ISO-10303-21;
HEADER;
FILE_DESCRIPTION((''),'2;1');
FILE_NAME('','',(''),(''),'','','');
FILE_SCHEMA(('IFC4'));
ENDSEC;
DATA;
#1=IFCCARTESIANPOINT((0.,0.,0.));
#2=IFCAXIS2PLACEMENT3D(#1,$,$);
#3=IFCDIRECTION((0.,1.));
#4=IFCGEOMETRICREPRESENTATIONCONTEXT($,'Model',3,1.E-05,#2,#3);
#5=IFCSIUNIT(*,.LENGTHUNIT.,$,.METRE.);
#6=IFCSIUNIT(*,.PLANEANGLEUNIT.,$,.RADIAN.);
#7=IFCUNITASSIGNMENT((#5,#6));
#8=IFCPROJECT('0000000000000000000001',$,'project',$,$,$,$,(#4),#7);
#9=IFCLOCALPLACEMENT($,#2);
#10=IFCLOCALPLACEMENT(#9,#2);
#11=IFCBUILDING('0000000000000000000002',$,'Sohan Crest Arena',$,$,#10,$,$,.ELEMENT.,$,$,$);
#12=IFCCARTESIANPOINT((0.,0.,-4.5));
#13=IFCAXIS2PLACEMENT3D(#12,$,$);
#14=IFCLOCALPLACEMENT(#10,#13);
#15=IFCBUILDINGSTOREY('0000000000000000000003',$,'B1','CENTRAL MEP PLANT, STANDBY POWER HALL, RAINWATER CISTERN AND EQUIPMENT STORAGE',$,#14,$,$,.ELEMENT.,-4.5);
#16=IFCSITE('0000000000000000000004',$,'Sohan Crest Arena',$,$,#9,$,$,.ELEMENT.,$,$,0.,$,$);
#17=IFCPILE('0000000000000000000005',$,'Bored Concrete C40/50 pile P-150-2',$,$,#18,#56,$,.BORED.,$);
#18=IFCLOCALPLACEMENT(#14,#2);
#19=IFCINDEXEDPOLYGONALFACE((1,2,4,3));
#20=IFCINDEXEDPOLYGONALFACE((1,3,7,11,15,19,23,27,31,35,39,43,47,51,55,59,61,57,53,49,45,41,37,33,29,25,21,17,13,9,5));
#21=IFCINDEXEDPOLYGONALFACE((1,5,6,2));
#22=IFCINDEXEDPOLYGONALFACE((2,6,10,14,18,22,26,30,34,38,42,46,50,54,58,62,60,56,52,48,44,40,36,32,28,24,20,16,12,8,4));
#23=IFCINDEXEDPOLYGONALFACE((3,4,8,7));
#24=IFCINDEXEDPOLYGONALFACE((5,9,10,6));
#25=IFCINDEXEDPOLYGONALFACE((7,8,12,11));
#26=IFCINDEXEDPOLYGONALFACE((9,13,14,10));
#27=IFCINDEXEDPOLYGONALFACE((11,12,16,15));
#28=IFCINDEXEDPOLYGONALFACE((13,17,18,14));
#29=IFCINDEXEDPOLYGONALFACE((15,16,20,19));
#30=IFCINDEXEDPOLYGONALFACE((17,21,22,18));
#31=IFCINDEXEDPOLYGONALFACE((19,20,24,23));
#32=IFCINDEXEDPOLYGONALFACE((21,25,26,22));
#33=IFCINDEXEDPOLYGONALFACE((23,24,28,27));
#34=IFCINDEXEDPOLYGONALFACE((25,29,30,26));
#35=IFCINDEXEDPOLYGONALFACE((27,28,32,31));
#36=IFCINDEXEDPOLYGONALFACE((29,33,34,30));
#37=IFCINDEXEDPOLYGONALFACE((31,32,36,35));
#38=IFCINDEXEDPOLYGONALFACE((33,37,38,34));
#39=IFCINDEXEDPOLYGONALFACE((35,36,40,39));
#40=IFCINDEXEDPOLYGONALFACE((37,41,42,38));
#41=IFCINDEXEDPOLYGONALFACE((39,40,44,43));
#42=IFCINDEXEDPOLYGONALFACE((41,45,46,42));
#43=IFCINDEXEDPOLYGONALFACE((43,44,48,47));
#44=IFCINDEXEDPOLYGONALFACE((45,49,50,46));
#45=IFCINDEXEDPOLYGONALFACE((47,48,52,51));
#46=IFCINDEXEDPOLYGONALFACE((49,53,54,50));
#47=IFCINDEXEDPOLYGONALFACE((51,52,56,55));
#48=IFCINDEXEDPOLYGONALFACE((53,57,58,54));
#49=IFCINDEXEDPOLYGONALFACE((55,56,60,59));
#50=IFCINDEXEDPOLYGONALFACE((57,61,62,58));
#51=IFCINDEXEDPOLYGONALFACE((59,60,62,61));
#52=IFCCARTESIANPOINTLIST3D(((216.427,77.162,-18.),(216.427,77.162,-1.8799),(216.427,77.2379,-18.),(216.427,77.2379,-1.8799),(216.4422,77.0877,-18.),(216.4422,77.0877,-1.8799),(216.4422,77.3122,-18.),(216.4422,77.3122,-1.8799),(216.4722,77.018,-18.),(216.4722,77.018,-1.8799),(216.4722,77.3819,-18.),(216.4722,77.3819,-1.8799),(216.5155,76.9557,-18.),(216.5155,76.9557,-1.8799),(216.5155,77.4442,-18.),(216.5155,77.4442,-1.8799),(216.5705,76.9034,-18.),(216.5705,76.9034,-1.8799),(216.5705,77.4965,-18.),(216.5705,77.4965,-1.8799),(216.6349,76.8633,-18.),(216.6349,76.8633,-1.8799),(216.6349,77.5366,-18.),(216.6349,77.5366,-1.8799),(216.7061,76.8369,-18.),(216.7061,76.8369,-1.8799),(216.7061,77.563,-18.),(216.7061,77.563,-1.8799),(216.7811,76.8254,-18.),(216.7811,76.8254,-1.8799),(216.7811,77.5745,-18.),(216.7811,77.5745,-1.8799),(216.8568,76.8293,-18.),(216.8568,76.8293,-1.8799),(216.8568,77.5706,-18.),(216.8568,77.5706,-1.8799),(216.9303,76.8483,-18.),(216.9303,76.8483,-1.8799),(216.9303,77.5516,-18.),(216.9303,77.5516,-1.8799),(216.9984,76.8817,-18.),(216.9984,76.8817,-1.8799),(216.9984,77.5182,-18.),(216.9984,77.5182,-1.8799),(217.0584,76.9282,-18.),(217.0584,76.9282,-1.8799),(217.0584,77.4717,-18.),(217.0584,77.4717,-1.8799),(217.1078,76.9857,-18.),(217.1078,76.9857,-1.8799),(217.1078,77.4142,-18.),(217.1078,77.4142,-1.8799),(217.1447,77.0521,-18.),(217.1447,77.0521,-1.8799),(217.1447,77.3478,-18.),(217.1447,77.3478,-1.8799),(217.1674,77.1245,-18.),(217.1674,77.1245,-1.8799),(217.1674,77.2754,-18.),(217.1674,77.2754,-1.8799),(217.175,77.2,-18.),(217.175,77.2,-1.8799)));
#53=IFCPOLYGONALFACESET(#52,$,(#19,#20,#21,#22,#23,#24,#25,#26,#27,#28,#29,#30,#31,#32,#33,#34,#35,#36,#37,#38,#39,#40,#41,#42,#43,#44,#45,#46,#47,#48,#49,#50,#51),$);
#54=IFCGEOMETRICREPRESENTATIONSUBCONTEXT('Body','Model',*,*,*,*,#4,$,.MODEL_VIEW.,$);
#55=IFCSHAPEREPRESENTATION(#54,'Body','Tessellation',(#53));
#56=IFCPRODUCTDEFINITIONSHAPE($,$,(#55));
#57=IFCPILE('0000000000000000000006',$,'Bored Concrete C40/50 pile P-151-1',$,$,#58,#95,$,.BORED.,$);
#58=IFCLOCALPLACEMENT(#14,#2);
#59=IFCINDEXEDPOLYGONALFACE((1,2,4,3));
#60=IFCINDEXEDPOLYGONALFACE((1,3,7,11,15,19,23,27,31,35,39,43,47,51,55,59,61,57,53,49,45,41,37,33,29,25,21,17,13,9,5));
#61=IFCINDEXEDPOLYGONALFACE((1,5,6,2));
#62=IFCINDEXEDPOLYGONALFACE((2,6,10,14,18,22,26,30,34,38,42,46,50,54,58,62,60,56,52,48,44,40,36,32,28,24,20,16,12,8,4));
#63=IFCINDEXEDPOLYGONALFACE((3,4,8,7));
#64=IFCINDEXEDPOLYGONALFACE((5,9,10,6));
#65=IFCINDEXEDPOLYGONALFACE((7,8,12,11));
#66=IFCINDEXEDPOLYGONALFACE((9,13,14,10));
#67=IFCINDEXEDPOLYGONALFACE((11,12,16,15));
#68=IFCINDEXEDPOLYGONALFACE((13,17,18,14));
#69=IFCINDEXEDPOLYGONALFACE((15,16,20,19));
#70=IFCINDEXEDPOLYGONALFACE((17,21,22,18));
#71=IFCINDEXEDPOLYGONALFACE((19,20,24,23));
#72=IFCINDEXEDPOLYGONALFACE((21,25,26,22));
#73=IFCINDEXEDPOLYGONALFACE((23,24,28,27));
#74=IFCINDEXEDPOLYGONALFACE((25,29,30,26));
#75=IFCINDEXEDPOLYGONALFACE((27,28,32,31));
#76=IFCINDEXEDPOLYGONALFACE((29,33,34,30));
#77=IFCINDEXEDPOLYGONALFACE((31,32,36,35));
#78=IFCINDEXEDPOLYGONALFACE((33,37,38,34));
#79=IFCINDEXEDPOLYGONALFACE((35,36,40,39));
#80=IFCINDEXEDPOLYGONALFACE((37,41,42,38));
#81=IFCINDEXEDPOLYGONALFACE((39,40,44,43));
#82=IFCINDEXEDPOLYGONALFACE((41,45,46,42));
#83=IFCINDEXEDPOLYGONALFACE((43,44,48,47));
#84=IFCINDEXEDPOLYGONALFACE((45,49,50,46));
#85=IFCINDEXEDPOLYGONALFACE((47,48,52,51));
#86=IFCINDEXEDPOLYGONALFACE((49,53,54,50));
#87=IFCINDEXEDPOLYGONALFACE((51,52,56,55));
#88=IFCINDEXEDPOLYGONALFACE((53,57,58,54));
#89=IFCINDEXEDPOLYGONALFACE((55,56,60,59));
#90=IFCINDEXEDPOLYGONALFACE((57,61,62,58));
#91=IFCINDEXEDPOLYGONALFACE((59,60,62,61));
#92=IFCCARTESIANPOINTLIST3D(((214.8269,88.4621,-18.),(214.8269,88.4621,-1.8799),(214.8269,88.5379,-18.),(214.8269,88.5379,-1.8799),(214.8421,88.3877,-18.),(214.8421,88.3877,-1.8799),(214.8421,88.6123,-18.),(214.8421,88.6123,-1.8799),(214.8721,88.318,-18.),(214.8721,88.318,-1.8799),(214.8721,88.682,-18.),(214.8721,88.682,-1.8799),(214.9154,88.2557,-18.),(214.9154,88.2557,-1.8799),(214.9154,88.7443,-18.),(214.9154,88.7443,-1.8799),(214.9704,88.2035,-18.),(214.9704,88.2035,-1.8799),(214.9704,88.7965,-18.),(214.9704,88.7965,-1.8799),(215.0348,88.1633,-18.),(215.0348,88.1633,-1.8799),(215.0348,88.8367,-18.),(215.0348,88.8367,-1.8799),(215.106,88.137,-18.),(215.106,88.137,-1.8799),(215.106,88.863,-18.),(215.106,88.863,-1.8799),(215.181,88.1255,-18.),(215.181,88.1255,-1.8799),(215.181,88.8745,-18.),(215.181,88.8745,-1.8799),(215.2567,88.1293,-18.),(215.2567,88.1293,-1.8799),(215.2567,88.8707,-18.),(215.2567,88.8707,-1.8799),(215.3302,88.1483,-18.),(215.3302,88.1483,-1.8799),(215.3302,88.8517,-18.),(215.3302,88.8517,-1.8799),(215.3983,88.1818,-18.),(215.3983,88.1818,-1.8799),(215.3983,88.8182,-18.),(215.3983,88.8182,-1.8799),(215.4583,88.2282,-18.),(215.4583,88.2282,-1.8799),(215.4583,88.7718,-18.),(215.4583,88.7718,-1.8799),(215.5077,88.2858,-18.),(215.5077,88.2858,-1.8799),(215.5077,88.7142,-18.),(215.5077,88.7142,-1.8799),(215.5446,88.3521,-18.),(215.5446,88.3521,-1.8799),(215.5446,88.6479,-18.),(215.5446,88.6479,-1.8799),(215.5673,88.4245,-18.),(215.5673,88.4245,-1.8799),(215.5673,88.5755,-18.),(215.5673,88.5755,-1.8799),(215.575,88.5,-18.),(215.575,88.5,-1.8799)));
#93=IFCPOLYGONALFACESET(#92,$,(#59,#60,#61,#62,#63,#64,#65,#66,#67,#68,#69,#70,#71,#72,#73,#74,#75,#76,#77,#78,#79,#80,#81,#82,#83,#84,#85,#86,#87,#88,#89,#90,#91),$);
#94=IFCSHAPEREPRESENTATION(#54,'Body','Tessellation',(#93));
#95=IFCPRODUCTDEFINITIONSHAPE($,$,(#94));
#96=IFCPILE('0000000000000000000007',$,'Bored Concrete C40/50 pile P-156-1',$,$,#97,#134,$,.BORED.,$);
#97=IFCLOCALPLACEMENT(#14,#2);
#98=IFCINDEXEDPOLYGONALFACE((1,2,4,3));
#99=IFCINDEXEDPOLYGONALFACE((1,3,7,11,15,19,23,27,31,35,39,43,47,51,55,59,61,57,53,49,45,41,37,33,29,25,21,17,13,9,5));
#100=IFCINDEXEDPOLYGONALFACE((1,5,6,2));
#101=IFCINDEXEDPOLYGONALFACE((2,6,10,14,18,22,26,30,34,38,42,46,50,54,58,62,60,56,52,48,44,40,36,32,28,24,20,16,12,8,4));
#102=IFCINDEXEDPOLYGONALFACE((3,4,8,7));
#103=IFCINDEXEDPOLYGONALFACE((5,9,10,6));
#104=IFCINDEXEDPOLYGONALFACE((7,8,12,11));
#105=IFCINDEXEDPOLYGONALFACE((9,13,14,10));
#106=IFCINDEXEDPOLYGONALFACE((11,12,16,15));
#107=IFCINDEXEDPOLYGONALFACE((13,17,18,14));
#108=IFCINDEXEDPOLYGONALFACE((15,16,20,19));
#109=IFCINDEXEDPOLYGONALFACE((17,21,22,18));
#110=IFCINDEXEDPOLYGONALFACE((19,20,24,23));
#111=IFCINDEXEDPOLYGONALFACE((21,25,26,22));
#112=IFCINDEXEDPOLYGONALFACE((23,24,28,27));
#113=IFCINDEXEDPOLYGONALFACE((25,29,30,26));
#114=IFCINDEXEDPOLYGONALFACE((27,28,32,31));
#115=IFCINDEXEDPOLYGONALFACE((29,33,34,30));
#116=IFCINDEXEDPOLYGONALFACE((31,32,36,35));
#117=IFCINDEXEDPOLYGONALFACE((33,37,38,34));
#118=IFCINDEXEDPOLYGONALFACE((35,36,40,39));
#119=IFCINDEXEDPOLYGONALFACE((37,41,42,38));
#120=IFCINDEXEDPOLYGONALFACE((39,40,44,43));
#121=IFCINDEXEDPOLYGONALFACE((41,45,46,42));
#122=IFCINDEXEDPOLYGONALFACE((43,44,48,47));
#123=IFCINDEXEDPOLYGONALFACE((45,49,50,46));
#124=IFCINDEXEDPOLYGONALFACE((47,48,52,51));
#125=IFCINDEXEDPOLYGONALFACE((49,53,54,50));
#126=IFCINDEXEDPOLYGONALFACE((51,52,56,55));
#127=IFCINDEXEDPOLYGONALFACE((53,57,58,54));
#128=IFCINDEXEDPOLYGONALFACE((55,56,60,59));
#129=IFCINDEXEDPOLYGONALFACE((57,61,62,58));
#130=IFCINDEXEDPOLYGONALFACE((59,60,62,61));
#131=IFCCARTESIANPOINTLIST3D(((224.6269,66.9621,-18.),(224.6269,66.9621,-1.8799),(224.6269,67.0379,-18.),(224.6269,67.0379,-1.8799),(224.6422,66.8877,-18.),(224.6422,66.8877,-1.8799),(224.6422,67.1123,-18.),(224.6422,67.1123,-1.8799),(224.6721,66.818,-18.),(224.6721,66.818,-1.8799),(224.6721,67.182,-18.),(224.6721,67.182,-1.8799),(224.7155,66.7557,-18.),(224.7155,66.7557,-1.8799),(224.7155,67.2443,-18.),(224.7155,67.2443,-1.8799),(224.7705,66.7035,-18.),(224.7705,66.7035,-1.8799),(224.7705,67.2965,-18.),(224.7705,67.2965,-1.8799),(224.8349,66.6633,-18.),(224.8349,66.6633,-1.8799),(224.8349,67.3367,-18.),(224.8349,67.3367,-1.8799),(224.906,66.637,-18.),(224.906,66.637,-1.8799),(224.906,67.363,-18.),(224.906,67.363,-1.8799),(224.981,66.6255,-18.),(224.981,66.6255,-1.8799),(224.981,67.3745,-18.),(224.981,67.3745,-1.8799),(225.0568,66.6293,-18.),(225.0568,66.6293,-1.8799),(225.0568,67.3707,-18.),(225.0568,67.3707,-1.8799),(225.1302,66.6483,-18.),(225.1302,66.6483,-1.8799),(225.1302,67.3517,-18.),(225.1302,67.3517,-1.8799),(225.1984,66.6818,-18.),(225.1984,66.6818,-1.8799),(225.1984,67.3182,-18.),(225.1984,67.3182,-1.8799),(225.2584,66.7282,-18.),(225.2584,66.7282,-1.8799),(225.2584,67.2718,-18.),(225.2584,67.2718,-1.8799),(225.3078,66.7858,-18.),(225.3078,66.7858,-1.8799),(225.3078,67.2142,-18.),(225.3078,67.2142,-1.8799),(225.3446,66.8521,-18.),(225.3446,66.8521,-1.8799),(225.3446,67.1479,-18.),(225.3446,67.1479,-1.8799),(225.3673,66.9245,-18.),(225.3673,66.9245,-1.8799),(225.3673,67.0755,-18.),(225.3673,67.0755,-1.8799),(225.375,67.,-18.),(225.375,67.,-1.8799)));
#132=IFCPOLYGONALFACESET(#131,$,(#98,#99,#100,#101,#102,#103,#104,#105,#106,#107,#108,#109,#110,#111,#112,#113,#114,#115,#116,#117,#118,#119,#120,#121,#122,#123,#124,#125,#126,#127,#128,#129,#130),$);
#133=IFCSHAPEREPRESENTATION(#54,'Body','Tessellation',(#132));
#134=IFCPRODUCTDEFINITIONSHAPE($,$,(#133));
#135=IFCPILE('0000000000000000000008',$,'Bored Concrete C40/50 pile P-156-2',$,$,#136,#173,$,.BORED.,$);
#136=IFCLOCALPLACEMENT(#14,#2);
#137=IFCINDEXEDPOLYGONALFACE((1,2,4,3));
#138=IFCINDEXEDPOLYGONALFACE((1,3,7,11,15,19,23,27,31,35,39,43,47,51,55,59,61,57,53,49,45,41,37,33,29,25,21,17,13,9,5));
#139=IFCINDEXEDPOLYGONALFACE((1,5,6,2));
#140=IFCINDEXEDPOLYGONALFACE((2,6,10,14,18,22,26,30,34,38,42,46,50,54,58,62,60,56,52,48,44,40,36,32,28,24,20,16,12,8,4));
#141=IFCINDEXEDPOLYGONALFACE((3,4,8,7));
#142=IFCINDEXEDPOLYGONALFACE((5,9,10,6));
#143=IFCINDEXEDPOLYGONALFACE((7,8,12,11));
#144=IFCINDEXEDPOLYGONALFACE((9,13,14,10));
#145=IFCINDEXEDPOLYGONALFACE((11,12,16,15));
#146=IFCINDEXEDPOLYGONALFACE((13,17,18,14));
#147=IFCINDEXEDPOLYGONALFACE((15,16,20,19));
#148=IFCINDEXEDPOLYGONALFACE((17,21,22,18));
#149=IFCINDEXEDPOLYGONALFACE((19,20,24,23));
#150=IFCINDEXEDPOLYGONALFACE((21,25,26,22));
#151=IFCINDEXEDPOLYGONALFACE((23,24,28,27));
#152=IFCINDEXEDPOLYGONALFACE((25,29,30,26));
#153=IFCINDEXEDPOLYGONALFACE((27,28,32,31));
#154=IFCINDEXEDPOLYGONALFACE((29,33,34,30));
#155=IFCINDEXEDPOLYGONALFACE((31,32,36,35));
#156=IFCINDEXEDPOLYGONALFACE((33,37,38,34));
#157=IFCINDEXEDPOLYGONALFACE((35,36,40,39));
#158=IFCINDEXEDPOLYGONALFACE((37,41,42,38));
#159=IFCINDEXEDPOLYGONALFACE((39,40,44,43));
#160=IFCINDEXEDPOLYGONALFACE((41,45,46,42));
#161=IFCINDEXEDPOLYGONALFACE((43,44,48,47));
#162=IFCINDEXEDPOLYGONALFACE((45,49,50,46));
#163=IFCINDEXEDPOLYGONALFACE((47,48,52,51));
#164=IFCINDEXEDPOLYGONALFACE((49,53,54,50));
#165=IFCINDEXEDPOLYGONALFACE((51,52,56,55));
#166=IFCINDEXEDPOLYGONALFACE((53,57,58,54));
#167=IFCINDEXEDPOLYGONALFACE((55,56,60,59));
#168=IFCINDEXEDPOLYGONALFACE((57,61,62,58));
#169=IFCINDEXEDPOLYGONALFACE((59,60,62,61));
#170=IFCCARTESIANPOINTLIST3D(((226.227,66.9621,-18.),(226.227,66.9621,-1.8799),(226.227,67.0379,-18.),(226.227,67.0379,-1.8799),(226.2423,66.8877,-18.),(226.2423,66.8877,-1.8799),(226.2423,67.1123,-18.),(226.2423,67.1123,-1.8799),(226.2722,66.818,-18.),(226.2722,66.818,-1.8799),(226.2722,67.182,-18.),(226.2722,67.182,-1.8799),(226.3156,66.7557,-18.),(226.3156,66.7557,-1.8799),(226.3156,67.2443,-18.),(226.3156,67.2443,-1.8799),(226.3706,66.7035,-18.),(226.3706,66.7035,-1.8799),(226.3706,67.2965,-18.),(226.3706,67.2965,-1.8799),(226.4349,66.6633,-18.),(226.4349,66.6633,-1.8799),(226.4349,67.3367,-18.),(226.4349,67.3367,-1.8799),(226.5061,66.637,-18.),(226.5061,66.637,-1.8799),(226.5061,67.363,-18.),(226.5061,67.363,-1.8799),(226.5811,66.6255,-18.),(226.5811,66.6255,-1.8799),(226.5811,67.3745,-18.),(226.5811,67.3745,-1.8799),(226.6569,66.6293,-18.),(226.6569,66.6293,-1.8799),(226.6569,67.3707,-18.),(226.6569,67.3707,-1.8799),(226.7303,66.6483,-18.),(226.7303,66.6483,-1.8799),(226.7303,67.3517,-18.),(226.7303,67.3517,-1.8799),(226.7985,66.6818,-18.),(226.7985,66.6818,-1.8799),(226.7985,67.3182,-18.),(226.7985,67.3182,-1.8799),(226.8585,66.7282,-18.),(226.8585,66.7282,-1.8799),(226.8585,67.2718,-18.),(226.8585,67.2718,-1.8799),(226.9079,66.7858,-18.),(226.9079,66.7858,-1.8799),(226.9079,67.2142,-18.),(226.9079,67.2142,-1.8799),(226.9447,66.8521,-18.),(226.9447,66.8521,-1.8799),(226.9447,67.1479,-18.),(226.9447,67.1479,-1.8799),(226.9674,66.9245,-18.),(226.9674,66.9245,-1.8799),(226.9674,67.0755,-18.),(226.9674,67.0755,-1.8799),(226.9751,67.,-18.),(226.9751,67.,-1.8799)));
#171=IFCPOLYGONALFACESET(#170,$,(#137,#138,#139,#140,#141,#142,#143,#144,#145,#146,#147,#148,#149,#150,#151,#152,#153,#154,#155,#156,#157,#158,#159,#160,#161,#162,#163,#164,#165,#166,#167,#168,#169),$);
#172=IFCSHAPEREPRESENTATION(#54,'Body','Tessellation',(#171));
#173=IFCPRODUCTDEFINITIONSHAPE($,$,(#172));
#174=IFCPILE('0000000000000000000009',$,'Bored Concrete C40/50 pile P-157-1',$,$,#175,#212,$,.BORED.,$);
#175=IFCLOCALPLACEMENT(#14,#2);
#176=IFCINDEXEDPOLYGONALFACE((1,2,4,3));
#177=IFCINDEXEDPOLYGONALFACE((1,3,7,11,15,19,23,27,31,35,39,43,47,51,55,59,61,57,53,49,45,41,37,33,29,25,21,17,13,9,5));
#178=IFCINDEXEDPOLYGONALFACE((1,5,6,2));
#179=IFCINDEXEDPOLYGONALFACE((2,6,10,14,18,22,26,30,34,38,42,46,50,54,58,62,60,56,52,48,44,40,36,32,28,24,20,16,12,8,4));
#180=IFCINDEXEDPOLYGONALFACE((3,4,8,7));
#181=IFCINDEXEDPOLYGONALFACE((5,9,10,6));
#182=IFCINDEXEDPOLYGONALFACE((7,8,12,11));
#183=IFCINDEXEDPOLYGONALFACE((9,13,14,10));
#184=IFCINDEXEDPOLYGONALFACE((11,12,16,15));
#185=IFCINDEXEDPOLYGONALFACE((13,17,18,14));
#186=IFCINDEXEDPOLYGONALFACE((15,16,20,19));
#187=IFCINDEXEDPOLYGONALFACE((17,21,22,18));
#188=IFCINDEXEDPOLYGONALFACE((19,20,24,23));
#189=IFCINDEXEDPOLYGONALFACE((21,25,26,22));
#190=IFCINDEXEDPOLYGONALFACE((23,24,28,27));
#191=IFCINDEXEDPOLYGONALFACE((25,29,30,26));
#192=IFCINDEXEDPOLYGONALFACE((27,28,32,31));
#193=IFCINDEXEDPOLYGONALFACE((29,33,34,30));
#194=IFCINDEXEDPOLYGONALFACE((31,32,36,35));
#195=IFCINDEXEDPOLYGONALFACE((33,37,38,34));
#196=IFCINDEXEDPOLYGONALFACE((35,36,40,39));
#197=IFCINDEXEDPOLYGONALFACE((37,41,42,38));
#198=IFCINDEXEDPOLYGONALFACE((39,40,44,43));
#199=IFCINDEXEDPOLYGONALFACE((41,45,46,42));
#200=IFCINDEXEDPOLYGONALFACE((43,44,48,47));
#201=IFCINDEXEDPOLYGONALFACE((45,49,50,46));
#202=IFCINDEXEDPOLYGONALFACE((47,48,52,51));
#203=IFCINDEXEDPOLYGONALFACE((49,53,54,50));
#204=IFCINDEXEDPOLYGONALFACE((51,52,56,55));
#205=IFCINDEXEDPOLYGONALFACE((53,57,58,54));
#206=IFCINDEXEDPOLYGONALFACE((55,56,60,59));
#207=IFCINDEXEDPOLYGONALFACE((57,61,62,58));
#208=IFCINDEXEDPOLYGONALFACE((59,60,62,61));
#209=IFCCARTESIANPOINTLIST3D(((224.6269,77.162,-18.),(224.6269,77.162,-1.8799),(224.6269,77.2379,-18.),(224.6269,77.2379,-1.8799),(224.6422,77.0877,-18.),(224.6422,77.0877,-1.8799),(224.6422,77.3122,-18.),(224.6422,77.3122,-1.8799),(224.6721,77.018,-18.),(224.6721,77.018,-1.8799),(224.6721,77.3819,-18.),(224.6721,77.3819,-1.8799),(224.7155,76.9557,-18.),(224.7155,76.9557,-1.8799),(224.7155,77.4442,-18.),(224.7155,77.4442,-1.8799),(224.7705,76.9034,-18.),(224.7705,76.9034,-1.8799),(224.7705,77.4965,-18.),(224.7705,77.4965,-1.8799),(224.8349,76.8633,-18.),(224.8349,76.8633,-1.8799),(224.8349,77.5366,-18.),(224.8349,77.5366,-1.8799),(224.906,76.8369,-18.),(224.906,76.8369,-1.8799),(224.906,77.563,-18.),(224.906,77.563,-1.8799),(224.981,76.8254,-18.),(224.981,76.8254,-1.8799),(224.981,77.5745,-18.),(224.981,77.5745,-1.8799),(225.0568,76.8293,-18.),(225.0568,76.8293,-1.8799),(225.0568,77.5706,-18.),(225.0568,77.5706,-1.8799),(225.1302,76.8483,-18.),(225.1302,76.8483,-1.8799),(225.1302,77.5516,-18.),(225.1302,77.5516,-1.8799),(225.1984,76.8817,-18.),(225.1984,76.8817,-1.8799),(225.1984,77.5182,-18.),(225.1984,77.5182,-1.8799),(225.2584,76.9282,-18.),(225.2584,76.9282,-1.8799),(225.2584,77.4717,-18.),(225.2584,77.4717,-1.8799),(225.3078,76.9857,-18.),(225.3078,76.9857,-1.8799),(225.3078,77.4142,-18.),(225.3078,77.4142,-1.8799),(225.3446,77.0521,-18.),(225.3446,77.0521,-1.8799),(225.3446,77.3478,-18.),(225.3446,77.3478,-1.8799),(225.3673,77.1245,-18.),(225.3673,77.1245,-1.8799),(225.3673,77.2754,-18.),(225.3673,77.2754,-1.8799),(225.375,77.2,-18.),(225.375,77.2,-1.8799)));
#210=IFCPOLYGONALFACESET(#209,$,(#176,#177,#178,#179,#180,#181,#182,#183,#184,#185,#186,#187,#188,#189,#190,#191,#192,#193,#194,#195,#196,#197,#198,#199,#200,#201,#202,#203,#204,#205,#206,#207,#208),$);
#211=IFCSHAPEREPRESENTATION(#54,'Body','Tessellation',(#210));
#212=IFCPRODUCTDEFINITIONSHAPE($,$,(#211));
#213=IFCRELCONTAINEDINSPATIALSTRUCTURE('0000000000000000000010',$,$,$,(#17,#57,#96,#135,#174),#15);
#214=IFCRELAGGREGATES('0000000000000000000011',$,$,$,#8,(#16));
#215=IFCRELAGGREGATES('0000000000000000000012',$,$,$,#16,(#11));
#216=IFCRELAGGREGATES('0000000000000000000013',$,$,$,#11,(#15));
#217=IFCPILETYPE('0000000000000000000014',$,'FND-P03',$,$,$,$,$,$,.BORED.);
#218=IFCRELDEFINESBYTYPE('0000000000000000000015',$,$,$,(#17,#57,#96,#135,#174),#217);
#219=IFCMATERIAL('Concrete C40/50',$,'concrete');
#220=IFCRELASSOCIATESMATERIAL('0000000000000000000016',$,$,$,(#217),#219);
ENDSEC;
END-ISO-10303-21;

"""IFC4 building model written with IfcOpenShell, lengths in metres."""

from ifc_helpers import new_model, si_unit, direction, frame, origin, origin_2d, place, context, subcontext, project, spatial, circle, extrude, material, material_profile, profile_set, type_object, element, save


model = new_model("IFC4")

# Units and contexts
model_context = context("Model", 3, precision=1e-05, world=origin(), true_north=direction((0.0, 1.0)))
body_context = subcontext(model_context, "Body", "Model", "MODEL_VIEW")
ifc_project = project(units=[si_unit("LENGTHUNIT", "METRE"), si_unit("PLANEANGLEUNIT", "RADIAN")], contexts=[model_context])

# Site, building, storey
site_placement = place(None, origin())
site = spatial("IfcSite", under=ifc_project, at=site_placement, Name="Sohan Crest Arena", CompositionType="ELEMENT", RefElevation=0.0)
building_placement = place(site_placement, origin())
building = spatial("IfcBuilding", under=site, at=building_placement, Name="Sohan Crest Arena", CompositionType="ELEMENT")
storey_placement = place(building_placement, frame((0.0, 0.0, -4.5)))
storey = spatial("IfcBuildingStorey", under=building, at=storey_placement, Name="B1", Description="CENTRAL MEP PLANT, STANDBY POWER HALL, RAINWATER CISTERN AND EQUIPMENT STORAGE", CompositionType="ELEMENT", Elevation=-4.5)

# Shared definitions
ifc_material = material(Name="Concrete C40/50", Category="concrete")

# Piles
ifc_material_profile_1 = material_profile(ifc_material, circle(Radius=0.375, at=origin_2d()), Name="PILE D750")
ifc_profile_set_1 = profile_set([ifc_material_profile_1], Name="Concrete C40/50")
pile_type = type_object("IfcPileType", Name="FND-P03", PredefinedType="BORED", material=ifc_profile_set_1)
for number, where, z_axis, x_axis, name in (
    (1, (216.8, 77.2, -18.0), (0.0, 0.0, 1.0), (1.0, 0.0, 0.0), "Bored Concrete C40/50 pile P-150-2"),
    (2, (215.2, 88.5, -18.0), (0.0, 0.0, 1.0), (1.0, 0.0, 0.0), "Bored Concrete C40/50 pile P-151-1"),
    (3, (225.0, 67.0, -18.0), (0.0, 0.0, 1.0), (1.0, 0.0, 0.0), "Bored Concrete C40/50 pile P-156-1"),
    (4, (226.6001, 67.0, -18.0), (0.0, 0.0, 1.0), (1.0, 0.0, 0.0), "Bored Concrete C40/50 pile P-156-2"),
    (5, (225.0, 77.2, -18.0), (0.0, 0.0, 1.0), (1.0, 0.0, 0.0), "Bored Concrete C40/50 pile P-157-1"),
):
    element("IfcPile", number, at=place(storey_placement, frame(where, z_axis=z_axis, x_axis=x_axis)), inside=storey, type_object=pile_type, Name=name, PredefinedType="BORED", context=body_context, shape_type="SweptSolid", body=[
        extrude(circle(Radius=0.375, at=origin_2d()), origin(), (0.0, 0.0, 1.0), 16.1201),
    ])

save(model, "model.ifc")
